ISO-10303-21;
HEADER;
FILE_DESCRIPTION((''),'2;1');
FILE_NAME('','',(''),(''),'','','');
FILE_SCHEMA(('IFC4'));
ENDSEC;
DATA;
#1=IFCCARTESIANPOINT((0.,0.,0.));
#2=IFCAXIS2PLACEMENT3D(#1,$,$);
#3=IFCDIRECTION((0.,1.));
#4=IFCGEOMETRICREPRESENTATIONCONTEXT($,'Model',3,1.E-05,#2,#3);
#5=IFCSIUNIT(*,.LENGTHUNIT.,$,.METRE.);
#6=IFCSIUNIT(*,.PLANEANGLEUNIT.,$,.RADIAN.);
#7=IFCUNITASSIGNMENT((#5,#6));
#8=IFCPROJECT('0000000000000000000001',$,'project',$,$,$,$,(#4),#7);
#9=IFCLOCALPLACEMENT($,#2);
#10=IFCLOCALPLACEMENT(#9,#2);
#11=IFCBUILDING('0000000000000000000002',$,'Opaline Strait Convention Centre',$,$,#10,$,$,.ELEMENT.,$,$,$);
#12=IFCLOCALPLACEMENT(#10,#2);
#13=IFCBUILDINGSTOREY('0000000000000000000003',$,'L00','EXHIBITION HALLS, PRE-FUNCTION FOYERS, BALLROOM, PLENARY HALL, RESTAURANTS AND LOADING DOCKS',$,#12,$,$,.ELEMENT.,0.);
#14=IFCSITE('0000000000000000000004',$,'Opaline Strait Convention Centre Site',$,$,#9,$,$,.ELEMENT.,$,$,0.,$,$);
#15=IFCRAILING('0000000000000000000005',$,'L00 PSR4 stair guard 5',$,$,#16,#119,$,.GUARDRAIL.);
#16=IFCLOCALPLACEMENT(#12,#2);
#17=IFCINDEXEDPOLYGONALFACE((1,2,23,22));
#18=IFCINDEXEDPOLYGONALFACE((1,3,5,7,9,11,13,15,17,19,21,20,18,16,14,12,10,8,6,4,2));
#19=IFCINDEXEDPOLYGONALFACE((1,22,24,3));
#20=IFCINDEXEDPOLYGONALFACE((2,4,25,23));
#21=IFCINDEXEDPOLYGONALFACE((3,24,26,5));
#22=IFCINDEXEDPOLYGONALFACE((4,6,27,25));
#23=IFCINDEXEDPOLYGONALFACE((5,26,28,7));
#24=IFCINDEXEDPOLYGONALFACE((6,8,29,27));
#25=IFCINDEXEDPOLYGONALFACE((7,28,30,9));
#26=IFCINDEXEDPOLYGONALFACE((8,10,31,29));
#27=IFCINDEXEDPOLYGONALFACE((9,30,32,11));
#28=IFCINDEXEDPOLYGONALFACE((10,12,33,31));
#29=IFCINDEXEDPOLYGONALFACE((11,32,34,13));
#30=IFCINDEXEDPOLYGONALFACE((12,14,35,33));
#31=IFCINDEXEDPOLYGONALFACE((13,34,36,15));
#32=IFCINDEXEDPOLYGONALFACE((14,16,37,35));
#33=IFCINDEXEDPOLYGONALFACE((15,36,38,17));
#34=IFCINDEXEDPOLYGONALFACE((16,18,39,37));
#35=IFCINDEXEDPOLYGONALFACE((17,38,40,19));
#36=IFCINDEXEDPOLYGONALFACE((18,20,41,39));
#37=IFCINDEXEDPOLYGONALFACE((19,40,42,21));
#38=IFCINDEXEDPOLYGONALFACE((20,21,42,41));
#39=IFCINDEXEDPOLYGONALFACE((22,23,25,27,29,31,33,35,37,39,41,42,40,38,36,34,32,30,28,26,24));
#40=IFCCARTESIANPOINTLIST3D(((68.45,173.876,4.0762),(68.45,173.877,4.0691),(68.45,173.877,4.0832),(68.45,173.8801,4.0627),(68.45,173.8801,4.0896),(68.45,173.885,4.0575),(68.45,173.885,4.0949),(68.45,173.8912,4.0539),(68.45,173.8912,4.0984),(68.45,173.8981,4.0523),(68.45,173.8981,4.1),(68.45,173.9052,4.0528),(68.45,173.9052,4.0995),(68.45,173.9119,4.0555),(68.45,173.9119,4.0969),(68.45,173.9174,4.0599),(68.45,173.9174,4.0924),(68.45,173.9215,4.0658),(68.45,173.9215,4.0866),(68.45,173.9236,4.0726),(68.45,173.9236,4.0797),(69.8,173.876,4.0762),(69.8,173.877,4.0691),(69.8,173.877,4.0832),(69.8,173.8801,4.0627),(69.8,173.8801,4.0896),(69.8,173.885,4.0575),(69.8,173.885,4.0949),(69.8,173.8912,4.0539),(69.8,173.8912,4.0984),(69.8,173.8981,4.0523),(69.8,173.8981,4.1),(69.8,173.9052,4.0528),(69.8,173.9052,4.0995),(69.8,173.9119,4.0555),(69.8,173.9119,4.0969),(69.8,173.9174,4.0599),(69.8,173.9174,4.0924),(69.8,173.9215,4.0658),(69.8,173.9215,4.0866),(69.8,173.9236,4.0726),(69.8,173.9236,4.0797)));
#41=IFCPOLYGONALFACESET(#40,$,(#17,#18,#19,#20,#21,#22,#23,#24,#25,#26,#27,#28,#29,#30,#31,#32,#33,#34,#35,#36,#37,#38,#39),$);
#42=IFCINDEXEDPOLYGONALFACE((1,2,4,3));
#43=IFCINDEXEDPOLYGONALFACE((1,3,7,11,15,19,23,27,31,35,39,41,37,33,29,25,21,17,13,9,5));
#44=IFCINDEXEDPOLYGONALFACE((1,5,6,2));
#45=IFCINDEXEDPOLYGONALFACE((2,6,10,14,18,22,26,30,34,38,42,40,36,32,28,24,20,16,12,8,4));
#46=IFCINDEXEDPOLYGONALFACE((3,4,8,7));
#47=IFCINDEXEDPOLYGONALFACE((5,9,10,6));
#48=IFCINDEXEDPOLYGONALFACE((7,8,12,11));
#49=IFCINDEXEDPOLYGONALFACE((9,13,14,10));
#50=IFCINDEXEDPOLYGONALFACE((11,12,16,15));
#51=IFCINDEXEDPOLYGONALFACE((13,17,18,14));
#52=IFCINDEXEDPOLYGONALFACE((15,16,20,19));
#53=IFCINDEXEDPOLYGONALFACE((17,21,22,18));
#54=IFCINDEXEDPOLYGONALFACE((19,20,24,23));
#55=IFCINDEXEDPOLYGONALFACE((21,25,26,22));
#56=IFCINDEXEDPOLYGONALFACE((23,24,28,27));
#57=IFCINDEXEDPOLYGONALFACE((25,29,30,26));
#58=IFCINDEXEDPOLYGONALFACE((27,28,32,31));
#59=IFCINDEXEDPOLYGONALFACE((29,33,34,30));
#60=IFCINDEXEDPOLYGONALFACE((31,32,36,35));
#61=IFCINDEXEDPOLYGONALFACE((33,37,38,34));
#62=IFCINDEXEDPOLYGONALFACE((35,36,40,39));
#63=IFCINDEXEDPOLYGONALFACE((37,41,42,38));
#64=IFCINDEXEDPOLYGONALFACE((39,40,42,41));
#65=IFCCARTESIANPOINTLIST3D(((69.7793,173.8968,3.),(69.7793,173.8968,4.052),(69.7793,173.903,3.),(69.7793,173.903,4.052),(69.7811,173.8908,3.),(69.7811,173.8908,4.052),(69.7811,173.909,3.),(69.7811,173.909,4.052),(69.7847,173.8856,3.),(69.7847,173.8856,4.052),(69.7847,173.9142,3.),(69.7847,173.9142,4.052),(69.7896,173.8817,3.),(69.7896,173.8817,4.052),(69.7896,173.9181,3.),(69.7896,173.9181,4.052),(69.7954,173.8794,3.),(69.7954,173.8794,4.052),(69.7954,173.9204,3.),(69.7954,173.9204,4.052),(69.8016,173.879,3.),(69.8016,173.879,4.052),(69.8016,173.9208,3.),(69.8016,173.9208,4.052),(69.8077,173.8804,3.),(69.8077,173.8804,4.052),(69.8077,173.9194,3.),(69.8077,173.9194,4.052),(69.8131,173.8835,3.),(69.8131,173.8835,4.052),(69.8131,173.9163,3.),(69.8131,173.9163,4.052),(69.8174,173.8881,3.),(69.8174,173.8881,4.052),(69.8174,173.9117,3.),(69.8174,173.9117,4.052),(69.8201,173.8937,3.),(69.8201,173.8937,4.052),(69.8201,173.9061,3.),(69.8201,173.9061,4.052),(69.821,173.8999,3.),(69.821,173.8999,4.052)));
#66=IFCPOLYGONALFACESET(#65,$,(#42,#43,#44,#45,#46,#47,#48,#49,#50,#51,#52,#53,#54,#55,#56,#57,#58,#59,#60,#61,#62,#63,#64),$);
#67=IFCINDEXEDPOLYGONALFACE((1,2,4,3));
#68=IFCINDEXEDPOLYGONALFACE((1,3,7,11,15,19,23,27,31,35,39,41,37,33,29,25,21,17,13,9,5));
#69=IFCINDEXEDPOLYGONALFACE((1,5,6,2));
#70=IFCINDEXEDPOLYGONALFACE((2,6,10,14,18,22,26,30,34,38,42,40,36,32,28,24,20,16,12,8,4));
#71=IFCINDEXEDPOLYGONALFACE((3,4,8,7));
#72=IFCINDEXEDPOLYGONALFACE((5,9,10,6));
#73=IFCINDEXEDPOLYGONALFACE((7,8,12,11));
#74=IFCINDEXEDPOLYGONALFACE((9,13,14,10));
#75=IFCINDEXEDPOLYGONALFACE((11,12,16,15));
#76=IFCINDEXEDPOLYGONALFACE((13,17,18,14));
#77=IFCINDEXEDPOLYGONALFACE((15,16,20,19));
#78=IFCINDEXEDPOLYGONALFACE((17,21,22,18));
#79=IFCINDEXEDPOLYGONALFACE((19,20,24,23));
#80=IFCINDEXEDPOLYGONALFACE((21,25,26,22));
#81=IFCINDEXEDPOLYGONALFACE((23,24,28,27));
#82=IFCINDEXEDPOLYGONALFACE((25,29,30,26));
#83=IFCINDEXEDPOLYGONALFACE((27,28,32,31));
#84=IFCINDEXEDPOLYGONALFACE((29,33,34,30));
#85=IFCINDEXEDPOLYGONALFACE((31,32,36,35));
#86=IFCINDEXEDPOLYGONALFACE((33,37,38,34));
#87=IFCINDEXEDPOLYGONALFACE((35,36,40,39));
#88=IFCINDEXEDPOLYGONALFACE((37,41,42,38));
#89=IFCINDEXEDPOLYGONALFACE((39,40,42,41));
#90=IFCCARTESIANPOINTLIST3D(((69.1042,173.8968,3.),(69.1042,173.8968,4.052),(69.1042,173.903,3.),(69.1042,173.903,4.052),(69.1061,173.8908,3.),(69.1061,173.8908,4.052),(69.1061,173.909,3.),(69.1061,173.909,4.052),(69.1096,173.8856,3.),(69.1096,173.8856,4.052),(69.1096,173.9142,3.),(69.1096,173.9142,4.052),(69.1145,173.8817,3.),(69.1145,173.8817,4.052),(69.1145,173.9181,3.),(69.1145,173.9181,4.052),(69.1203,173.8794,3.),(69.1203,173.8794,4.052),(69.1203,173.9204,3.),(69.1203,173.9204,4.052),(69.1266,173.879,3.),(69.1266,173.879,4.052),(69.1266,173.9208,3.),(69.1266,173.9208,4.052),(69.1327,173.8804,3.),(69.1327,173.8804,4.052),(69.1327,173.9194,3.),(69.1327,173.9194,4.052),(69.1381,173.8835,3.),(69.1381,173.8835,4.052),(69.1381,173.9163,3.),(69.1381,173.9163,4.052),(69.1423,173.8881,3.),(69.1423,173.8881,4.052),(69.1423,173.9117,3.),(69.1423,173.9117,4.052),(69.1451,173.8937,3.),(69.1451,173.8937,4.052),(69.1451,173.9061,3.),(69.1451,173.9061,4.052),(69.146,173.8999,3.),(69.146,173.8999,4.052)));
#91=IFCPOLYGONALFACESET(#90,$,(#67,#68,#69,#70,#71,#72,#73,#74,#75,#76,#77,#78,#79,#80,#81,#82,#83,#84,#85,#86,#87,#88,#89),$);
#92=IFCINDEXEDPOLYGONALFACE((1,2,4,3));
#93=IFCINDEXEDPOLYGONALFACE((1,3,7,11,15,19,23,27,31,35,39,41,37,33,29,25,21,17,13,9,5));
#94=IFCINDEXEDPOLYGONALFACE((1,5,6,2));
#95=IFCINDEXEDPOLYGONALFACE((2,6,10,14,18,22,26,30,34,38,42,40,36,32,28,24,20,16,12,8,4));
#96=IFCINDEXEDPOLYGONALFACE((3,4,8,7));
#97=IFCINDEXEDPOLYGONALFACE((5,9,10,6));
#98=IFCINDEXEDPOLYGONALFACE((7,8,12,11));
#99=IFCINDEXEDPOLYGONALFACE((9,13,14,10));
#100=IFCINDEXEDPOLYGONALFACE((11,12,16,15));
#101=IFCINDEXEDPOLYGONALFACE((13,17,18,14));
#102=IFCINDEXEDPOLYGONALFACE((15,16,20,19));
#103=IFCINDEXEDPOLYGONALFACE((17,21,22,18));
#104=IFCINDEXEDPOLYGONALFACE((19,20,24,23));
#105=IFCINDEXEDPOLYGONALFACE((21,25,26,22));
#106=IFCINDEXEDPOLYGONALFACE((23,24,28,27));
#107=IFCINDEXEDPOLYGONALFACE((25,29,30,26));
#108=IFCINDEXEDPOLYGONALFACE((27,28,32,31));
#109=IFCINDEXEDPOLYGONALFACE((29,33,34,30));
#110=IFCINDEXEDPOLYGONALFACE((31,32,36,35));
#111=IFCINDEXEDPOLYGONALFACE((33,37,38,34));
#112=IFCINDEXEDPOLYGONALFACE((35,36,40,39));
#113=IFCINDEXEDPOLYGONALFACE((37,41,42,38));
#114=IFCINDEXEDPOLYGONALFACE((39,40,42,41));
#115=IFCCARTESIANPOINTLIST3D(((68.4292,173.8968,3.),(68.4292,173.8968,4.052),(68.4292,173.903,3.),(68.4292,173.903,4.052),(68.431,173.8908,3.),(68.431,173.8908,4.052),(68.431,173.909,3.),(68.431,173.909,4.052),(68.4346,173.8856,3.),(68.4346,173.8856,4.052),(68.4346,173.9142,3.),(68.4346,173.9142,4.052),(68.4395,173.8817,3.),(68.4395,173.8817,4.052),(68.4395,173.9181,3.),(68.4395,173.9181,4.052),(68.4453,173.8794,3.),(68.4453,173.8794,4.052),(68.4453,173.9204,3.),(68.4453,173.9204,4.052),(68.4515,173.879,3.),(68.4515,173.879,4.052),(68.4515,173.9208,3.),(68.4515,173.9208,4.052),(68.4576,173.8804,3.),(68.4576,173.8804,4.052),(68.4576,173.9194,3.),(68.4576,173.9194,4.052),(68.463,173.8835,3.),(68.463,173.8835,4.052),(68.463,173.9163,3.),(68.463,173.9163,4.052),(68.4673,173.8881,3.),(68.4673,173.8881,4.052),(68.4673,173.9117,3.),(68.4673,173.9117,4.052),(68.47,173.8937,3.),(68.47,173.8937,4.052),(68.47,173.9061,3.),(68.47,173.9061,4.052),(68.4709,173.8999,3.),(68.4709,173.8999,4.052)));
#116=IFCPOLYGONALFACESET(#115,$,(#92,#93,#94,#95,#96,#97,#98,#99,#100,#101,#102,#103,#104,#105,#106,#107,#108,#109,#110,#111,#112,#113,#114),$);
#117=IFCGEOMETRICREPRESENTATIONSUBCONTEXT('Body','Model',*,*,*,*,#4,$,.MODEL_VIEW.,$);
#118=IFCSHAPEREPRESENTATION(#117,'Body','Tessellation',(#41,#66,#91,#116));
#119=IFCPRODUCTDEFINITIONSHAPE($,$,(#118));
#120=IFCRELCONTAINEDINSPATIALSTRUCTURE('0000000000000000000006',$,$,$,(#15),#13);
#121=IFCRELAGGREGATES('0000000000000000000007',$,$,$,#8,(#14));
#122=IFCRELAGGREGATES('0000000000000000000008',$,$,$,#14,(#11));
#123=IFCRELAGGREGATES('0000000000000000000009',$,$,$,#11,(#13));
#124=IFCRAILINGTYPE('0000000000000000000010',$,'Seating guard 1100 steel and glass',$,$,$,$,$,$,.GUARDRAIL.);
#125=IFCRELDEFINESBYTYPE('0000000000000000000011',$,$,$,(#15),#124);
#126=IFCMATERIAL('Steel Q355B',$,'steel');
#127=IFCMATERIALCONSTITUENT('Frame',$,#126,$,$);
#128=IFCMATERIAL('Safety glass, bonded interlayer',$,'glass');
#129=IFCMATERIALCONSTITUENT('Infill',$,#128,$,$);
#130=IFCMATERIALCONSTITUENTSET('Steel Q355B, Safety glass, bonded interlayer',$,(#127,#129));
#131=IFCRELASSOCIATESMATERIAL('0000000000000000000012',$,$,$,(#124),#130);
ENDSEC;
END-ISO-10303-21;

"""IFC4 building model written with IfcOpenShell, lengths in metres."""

from ifc_helpers import new_model, si_unit, direction, frame, origin, origin_2d, place, context, subcontext, project, spatial, circle, extrude, material, constituent, constituent_set, type_object, element, save


model = new_model("IFC4")

# Units and contexts
model_context = context("Model", 3, precision=1e-05, world=origin(), true_north=direction((0.0, 1.0)))
body_context = subcontext(model_context, "Body", "Model", "MODEL_VIEW")
ifc_project = project(units=[si_unit("LENGTHUNIT", "METRE"), si_unit("PLANEANGLEUNIT", "RADIAN")], contexts=[model_context])

# Site, building, storey
site_placement = place(None, origin())
site = spatial("IfcSite", under=ifc_project, at=site_placement, Name="Opaline Strait Convention Centre Site", CompositionType="ELEMENT", RefElevation=0.0)
building_placement = place(site_placement, origin())
building = spatial("IfcBuilding", under=site, at=building_placement, Name="Opaline Strait Convention Centre", CompositionType="ELEMENT")
storey_placement = place(building_placement, origin())
storey = spatial("IfcBuildingStorey", under=building, at=storey_placement, Name="L00", Description="EXHIBITION HALLS, PRE-FUNCTION FOYERS, BALLROOM, PLENARY HALL, RESTAURANTS AND LOADING DOCKS", CompositionType="ELEMENT", Elevation=0.0)

# Railing
ifc_material_1 = material(Name="Steel Q355B", Category="steel")
ifc_constituent_1 = constituent(ifc_material_1, Name="Frame")
ifc_material_2 = material(Name="Safety glass, bonded interlayer", Category="glass")
ifc_constituent_2 = constituent(ifc_material_2, Name="Infill")
ifc_constituent_set = constituent_set(constituents=[ifc_constituent_1, ifc_constituent_2], Name="Steel Q355B, Safety glass, bonded interlayer")
railing_type_1 = type_object("IfcRailingType", Name="Seating guard 1100 steel and glass", PredefinedType="GUARDRAIL", material=ifc_constituent_set)
railing_1_placement = place(storey_placement, frame((69.8, 173.8999, 3.0)))
element("IfcRailing", 1, at=railing_1_placement, inside=storey, type_object=railing_type_1, Name="L00 PSR4 stair guard 5", PredefinedType="GUARDRAIL", context=body_context, shape_type="SweptSolid", body=[
    extrude(circle(Radius=0.0239, at=origin_2d()), frame((0.0, 0.0, 1.0762), z_axis=(-1.0, 0.0, 0.0), x_axis=(0.0, -1.0, 0.0)), (0.0, 0.0, 1.0), 1.3501),
    extrude(circle(Radius=0.021, at=origin_2d()), origin(), (0.0, 0.0, 1.0), 1.052),
    extrude(circle(Radius=0.021, at=origin_2d()), frame((-0.675, 0.0, 0.0)), (0.0, 0.0, 1.0), 1.052),
    extrude(circle(Radius=0.021, at=origin_2d()), frame((-1.3501, 0.0, 0.0)), (0.0, 0.0, 1.0), 1.052),
])

save(model, "model.ifc")
